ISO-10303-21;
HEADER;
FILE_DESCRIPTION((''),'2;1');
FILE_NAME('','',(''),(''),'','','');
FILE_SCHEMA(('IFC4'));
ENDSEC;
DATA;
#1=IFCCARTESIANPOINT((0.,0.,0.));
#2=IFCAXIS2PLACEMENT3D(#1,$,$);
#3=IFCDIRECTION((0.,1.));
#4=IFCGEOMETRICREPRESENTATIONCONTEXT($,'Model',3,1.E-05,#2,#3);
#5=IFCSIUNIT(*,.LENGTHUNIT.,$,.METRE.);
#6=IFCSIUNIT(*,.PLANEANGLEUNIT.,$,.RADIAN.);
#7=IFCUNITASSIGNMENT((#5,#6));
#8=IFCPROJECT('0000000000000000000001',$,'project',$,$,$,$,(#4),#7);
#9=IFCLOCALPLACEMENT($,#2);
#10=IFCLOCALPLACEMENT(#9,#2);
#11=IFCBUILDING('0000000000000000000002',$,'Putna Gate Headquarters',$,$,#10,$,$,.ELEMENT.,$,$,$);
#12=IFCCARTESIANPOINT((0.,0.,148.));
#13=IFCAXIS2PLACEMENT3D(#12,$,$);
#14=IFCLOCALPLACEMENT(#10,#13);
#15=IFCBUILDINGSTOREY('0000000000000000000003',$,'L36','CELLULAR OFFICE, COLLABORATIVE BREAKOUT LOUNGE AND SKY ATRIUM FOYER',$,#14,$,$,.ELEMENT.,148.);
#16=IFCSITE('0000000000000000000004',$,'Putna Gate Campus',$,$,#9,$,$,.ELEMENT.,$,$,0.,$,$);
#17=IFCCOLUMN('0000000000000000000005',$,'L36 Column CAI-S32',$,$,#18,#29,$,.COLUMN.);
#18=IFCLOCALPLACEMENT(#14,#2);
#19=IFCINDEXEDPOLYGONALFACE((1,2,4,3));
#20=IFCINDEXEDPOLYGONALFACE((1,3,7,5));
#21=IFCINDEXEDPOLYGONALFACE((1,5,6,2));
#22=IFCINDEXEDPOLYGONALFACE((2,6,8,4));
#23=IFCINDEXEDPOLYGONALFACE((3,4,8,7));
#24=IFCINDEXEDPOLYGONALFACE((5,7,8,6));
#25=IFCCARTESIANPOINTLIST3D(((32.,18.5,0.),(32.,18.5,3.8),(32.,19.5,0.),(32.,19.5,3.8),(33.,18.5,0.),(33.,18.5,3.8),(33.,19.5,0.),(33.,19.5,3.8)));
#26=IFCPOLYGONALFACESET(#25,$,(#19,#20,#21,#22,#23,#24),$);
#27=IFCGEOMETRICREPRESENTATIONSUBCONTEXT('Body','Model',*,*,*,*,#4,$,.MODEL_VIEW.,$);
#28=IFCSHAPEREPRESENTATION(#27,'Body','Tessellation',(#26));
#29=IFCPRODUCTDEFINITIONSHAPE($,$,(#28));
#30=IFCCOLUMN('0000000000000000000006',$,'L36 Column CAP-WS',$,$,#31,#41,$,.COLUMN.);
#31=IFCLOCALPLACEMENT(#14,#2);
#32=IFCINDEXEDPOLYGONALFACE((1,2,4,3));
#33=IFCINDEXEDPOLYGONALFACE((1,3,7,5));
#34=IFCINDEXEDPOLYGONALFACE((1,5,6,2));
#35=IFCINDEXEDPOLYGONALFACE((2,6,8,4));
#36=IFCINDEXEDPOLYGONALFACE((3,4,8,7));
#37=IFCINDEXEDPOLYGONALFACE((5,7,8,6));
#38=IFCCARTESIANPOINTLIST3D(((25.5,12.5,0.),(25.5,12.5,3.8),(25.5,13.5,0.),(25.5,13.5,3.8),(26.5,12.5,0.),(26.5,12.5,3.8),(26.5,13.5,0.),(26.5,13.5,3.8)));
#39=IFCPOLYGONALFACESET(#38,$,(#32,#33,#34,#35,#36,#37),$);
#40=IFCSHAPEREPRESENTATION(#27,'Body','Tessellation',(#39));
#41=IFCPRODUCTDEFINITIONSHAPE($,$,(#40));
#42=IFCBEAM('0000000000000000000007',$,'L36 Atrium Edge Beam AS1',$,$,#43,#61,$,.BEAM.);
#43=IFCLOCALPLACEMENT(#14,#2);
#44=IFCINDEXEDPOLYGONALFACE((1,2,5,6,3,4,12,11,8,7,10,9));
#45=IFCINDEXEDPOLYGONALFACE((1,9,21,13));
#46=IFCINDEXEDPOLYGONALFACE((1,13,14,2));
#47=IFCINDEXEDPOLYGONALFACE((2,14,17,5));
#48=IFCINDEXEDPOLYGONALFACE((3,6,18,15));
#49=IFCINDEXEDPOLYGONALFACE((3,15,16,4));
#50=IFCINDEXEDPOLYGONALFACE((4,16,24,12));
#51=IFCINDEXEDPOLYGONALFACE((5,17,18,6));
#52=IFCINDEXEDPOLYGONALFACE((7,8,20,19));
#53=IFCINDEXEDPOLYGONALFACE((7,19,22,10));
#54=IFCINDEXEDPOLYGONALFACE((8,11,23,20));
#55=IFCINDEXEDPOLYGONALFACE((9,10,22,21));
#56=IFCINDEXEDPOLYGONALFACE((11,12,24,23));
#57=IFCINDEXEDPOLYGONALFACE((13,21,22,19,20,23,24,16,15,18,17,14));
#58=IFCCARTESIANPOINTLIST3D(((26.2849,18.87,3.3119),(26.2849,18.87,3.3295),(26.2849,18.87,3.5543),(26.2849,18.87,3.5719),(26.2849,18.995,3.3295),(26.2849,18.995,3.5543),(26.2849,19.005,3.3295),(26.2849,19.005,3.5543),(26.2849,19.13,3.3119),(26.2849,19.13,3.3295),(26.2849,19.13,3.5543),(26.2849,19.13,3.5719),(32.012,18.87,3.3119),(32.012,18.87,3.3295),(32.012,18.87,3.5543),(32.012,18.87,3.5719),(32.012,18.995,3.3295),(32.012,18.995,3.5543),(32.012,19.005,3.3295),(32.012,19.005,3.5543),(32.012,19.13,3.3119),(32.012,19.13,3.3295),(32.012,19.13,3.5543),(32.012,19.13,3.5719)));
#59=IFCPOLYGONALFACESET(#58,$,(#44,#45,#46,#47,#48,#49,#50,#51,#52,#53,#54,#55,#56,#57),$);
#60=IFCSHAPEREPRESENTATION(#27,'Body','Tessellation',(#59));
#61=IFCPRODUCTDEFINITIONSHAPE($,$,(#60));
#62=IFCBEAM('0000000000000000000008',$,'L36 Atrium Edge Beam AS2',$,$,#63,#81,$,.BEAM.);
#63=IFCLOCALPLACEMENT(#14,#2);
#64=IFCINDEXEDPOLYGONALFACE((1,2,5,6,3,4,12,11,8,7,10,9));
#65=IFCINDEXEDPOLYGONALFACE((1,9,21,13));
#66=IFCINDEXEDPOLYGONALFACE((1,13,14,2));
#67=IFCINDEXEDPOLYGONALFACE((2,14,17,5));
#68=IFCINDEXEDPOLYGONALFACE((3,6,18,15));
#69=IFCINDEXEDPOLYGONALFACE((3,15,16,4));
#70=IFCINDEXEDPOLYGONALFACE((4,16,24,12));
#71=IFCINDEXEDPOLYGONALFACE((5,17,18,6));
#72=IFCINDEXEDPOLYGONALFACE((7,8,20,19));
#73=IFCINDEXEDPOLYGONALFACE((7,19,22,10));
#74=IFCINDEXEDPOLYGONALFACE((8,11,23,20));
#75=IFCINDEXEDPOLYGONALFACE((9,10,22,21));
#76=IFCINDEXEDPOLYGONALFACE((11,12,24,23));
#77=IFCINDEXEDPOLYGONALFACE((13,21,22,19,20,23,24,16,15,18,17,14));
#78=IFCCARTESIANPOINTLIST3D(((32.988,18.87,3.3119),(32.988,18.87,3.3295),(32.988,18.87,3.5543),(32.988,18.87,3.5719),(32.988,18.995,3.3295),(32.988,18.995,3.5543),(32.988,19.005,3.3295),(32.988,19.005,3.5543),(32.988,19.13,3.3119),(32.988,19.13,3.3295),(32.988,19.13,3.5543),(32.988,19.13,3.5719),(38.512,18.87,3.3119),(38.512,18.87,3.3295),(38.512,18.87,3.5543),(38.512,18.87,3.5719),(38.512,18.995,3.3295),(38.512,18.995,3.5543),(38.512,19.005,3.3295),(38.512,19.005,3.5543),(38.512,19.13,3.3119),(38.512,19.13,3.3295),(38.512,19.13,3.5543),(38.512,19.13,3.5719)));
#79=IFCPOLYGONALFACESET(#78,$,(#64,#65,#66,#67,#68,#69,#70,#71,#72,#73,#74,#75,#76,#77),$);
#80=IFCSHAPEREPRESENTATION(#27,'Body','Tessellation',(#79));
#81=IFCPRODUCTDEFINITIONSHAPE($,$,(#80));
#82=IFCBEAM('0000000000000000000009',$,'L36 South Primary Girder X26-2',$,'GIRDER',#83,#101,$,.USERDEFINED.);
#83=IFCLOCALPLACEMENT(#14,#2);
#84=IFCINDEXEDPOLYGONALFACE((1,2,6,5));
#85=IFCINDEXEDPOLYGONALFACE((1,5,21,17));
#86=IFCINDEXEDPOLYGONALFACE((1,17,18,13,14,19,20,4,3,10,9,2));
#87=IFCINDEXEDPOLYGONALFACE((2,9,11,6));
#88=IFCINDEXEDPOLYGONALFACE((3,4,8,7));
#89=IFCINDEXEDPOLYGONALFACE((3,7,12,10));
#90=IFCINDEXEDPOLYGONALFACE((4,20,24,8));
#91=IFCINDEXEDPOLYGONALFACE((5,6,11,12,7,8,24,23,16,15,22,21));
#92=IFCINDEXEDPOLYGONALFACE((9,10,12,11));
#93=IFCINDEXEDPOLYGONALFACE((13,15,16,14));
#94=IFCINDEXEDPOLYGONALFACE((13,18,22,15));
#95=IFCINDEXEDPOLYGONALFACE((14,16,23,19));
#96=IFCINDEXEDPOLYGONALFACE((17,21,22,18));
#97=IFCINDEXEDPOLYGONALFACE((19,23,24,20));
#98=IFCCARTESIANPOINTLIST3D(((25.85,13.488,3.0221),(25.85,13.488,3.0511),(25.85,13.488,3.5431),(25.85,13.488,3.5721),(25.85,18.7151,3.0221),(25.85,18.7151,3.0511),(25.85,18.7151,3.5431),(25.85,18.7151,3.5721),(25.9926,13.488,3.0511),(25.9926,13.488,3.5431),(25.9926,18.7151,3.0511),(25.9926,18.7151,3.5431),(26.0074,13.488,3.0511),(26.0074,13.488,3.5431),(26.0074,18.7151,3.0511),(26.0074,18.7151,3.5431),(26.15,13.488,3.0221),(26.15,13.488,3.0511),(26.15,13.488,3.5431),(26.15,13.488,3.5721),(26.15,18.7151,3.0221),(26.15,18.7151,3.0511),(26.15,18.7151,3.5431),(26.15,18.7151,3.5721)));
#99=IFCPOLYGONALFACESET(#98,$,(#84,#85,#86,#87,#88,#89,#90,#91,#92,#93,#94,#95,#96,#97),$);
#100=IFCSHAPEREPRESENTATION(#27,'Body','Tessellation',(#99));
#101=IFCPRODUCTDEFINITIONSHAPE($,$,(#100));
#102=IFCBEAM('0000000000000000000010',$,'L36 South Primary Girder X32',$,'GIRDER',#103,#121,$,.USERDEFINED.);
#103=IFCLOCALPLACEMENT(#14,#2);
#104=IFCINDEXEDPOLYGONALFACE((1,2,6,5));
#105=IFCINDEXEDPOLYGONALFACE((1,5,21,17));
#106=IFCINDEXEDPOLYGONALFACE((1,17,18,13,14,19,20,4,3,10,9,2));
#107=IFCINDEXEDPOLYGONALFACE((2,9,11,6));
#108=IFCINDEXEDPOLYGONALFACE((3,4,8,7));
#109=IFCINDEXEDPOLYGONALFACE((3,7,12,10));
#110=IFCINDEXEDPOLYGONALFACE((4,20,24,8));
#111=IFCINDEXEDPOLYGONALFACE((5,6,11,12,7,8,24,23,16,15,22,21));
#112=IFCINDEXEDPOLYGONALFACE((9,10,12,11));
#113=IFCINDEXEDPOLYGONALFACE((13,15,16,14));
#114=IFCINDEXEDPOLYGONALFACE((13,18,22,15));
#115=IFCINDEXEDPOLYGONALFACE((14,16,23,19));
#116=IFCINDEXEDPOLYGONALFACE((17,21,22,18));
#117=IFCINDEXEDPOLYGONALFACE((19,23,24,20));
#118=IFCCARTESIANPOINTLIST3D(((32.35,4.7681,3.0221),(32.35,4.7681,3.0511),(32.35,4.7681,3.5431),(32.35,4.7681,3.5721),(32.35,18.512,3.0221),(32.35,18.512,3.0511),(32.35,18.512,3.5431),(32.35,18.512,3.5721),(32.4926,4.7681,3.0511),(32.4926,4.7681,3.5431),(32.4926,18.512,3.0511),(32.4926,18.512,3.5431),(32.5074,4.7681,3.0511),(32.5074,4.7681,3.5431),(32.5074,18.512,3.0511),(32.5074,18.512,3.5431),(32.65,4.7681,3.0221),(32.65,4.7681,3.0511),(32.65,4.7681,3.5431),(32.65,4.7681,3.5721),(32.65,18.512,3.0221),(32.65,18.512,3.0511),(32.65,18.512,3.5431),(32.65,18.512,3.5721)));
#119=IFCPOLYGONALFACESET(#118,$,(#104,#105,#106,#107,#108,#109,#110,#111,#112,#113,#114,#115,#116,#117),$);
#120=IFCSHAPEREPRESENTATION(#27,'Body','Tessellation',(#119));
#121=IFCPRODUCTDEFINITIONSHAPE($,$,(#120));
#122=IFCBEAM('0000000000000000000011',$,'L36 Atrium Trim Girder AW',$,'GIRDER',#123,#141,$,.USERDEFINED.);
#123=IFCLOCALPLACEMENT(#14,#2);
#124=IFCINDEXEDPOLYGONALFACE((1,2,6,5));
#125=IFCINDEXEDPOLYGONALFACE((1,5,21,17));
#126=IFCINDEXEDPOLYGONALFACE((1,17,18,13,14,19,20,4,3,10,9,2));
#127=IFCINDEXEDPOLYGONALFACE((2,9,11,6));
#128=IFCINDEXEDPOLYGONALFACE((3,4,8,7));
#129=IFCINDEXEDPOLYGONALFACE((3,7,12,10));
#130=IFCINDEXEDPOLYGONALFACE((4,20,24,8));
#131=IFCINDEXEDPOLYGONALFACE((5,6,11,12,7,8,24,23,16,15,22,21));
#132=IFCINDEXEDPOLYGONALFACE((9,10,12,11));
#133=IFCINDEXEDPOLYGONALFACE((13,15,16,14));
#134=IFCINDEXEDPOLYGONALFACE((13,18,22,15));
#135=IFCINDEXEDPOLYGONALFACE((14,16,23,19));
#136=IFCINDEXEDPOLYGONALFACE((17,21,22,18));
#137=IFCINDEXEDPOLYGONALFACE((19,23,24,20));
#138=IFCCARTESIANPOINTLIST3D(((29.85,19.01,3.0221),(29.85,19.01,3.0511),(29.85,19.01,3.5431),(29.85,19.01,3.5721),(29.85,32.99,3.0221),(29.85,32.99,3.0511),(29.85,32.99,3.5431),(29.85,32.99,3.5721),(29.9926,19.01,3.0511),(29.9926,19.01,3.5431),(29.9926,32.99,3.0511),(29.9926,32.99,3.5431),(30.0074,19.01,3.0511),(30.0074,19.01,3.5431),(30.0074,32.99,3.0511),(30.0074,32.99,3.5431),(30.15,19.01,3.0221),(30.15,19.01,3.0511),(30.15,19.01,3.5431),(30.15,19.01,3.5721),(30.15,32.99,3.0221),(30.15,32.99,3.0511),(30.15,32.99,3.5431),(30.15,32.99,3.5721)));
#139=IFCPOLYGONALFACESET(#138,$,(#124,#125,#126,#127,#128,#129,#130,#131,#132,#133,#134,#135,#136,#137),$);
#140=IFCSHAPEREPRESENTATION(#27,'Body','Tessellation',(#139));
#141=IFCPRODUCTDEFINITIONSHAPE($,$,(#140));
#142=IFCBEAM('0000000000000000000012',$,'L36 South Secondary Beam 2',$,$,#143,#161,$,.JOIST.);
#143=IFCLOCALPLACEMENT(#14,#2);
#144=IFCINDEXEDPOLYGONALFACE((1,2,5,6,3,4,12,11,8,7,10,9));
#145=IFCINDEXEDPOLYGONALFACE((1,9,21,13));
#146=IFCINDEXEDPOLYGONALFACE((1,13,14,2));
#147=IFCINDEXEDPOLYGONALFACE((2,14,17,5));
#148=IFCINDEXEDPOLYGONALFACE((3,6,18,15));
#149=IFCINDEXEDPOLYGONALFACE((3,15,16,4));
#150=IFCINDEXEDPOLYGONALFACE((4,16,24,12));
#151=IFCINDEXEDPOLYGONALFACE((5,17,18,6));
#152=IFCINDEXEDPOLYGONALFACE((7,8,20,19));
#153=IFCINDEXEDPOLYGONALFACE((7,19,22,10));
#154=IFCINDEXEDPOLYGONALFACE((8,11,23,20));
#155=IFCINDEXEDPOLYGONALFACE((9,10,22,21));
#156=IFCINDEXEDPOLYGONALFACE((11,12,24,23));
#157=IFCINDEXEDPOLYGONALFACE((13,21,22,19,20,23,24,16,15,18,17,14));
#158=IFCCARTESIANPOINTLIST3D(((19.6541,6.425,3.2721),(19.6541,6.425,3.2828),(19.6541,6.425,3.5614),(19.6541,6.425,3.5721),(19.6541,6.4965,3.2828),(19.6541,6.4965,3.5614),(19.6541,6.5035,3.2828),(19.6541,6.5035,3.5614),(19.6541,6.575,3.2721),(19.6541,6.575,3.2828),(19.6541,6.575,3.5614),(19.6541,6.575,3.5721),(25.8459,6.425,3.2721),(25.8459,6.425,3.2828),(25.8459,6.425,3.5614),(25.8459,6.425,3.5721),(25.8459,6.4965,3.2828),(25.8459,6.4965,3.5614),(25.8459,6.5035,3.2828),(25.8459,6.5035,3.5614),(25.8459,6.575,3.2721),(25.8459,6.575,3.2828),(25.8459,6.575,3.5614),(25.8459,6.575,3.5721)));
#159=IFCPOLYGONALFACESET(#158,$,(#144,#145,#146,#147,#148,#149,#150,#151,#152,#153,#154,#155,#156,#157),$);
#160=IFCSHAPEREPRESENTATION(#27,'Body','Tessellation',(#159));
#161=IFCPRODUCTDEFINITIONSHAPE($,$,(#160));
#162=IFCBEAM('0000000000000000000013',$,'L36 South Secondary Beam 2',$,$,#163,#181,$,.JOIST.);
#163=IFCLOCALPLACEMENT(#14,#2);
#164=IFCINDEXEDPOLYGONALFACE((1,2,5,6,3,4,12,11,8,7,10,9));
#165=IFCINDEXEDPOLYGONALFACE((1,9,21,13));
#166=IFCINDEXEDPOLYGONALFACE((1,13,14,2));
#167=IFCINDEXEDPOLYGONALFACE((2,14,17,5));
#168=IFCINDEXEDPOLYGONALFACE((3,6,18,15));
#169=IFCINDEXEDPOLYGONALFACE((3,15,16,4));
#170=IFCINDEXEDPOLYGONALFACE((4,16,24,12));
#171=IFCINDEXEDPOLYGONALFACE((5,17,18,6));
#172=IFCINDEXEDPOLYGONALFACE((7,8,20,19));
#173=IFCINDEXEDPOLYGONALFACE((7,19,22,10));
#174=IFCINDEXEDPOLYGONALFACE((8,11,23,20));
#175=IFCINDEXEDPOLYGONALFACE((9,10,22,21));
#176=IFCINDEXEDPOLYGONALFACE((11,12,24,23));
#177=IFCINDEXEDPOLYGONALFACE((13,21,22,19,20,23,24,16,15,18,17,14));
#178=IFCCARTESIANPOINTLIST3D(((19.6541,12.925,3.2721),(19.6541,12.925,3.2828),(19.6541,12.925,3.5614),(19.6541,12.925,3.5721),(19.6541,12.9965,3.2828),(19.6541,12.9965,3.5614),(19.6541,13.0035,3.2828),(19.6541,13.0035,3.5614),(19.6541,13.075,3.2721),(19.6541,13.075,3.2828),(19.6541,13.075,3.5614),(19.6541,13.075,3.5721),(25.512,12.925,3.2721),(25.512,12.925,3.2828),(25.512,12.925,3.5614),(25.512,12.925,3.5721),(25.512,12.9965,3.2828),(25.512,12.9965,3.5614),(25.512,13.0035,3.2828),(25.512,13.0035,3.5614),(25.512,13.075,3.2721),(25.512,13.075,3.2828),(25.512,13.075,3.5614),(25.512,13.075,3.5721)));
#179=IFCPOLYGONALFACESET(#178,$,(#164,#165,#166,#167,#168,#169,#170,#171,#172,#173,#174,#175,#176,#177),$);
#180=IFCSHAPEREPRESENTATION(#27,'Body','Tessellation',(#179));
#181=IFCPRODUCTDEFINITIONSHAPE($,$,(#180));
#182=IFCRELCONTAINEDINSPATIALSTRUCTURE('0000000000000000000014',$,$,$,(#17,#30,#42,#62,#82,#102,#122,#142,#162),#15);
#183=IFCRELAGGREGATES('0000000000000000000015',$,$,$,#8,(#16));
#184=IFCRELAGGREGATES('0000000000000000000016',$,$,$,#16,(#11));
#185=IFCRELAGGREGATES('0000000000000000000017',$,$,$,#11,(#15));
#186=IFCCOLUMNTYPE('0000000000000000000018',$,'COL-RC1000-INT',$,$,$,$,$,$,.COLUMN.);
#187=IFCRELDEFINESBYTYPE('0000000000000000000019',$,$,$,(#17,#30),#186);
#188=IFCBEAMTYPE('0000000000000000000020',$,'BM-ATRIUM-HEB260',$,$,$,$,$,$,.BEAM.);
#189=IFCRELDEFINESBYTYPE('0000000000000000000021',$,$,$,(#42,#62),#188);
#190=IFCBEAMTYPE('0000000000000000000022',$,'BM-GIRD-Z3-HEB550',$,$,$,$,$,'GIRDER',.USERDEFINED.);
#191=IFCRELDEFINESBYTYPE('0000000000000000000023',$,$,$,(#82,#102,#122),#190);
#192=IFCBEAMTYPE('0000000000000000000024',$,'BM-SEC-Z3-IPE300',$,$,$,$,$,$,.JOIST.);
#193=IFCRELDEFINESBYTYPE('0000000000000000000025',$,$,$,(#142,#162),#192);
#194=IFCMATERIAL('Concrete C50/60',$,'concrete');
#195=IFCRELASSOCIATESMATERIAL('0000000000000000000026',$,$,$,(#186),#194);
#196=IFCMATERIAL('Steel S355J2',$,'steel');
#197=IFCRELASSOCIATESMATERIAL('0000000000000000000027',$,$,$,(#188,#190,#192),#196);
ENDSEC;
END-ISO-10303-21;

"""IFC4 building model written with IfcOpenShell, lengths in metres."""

from ifc_helpers import new_model, si_unit, direction, frame, origin, origin_2d, place, context, subcontext, project, spatial, rectangle, i_section, extrude, material, material_profile, profile_set, type_object, element, save


model = new_model("IFC4")

# Units and contexts
model_context = context("Model", 3, precision=1e-05, world=origin(), true_north=direction((0.0, 1.0)))
body_context = subcontext(model_context, "Body", "Model", "MODEL_VIEW")
ifc_project = project(units=[si_unit("LENGTHUNIT", "METRE"), si_unit("PLANEANGLEUNIT", "RADIAN")], contexts=[model_context])

# Site, building, storey
site_placement = place(None, origin())
site = spatial("IfcSite", under=ifc_project, at=site_placement, Name="Putna Gate Campus", CompositionType="ELEMENT", RefElevation=0.0)
building_placement = place(site_placement, origin())
building = spatial("IfcBuilding", under=site, at=building_placement, Name="Putna Gate Headquarters", CompositionType="ELEMENT")
storey_placement = place(building_placement, frame((0.0, 0.0, 148.0)))
storey = spatial("IfcBuildingStorey", under=building, at=storey_placement, Name="L36", Description="CELLULAR OFFICE, COLLABORATIVE BREAKOUT LOUNGE AND SKY ATRIUM FOYER", CompositionType="ELEMENT", Elevation=148.0)

# Columns
ifc_material_1 = material(Name="Concrete C50/60", Category="concrete")
ifc_material_profile_1 = material_profile(ifc_material_1, rectangle(XDim=1.0, YDim=1.0, at=origin_2d()), Name="Concrete C50/60")
ifc_profile_set_1 = profile_set([ifc_material_profile_1], Name="Concrete C50/60")
column_type = type_object("IfcColumnType", Name="COL-RC1000-INT", PredefinedType="COLUMN", material=ifc_profile_set_1)
for number, where, z_axis, x_axis, name in (
    (1, (32.5, 19.0, 0.0), (0.0, 0.0, 1.0), (1.0, 0.0, 0.0), "L36 Column CAI-S32"),
    (2, (26.0, 13.0, 0.0), (0.0, 0.0, 1.0), (1.0, 0.0, 0.0), "L36 Column CAP-WS"),
):
    element("IfcColumn", number, at=place(storey_placement, frame(where, z_axis=z_axis, x_axis=x_axis)), inside=storey, type_object=column_type, Name=name, PredefinedType="COLUMN", context=body_context, shape_type="SweptSolid", body=[
        extrude(rectangle(XDim=1.0, YDim=1.0, at=origin_2d()), origin(), (0.0, 0.0, 1.0), 3.8),
    ])

# Beams
ifc_material_2 = material(Name="Steel S355J2", Category="steel")
ifc_material_profile_2 = material_profile(ifc_material_2, i_section(OverallWidth=0.26, OverallDepth=0.26, WebThickness=0.01, FlangeThickness=0.0176, at=origin_2d()), Name="Steel S355J2")
ifc_profile_set_2 = profile_set([ifc_material_profile_2], Name="Steel S355J2")
beam_type_1 = type_object("IfcBeamType", Name="BM-ATRIUM-HEB260", PredefinedType="BEAM", material=ifc_profile_set_2)
beam_1_placement = place(storey_placement, frame((26.2849, 19.0, 3.4419), z_axis=(1.0, 0.0, 0.0), x_axis=(0.0, 1.0, 0.0)))
element("IfcBeam", 3, at=beam_1_placement, inside=storey, type_object=beam_type_1, Name="L36 Atrium Edge Beam AS1", PredefinedType="BEAM", context=body_context, shape_type="SweptSolid", body=[
    extrude(i_section(OverallWidth=0.26, OverallDepth=0.26, WebThickness=0.01, FlangeThickness=0.0176, at=origin_2d()), origin(), (0.0, 0.0, 1.0), 5.7271),
])
beam_2_placement = place(storey_placement, frame((32.988, 19.0, 3.4419), z_axis=(1.0, 0.0, 0.0), x_axis=(0.0, 1.0, 0.0)))
element("IfcBeam", 4, at=beam_2_placement, inside=storey, type_object=beam_type_1, Name="L36 Atrium Edge Beam AS2", PredefinedType="BEAM", context=body_context, shape_type="SweptSolid", body=[
    extrude(i_section(OverallWidth=0.26, OverallDepth=0.26, WebThickness=0.01, FlangeThickness=0.0176, at=origin_2d()), origin(), (0.0, 0.0, 1.0), 5.5239),
])
ifc_material_profile_3 = material_profile(ifc_material_2, i_section(OverallWidth=0.3, OverallDepth=0.55, WebThickness=0.0149, FlangeThickness=0.0291, at=origin_2d()), Name="Steel S355J2")
ifc_profile_set_3 = profile_set([ifc_material_profile_3], Name="Steel S355J2")
beam_type_2 = type_object("IfcBeamType", Name="BM-GIRD-Z3-HEB550", ElementType="GIRDER", PredefinedType="USERDEFINED", material=ifc_profile_set_3)
beam_3_placement = place(storey_placement, frame((26.0, 13.488, 3.2971), z_axis=(0.0, 1.0, 0.0), x_axis=(-1.0, 0.0, 0.0)))
element("IfcBeam", 5, at=beam_3_placement, inside=storey, type_object=beam_type_2, Name="L36 South Primary Girder X26-2", ObjectType="GIRDER", PredefinedType="USERDEFINED", context=body_context, shape_type="SweptSolid", body=[
    extrude(i_section(OverallWidth=0.3, OverallDepth=0.55, WebThickness=0.0149, FlangeThickness=0.0291, at=origin_2d()), origin(), (0.0, 0.0, 1.0), 5.2271),
])
beam_4_placement = place(storey_placement, frame((32.5, 4.7681, 3.2971), z_axis=(0.0, 1.0, 0.0), x_axis=(-1.0, 0.0, 0.0)))
element("IfcBeam", 6, at=beam_4_placement, inside=storey, type_object=beam_type_2, Name="L36 South Primary Girder X32", ObjectType="GIRDER", PredefinedType="USERDEFINED", context=body_context, shape_type="SweptSolid", body=[
    extrude(i_section(OverallWidth=0.3, OverallDepth=0.55, WebThickness=0.0149, FlangeThickness=0.0291, at=origin_2d()), origin(), (0.0, 0.0, 1.0), 13.7439),
])
beam_5_placement = place(storey_placement, frame((30.0, 19.01, 3.2971), z_axis=(0.0, 1.0, 0.0), x_axis=(-1.0, 0.0, 0.0)))
element("IfcBeam", 7, at=beam_5_placement, inside=storey, type_object=beam_type_2, Name="L36 Atrium Trim Girder AW", ObjectType="GIRDER", PredefinedType="USERDEFINED", context=body_context, shape_type="SweptSolid", body=[
    extrude(i_section(OverallWidth=0.3, OverallDepth=0.55, WebThickness=0.0149, FlangeThickness=0.0291, at=origin_2d()), origin(), (0.0, 0.0, 1.0), 13.98),
])
ifc_material_profile_4 = material_profile(ifc_material_2, i_section(OverallWidth=0.1499, OverallDepth=0.3, WebThickness=0.0071, FlangeThickness=0.0107, at=origin_2d()), Name="Steel S355J2")
ifc_profile_set_4 = profile_set([ifc_material_profile_4], Name="Steel S355J2")
beam_type_3 = type_object("IfcBeamType", Name="BM-SEC-Z3-IPE300", PredefinedType="JOIST", material=ifc_profile_set_4)
beam_6_placement = place(storey_placement, frame((19.6541, 6.5, 3.4221), z_axis=(1.0, 0.0, 0.0), x_axis=(0.0, 1.0, 0.0)))
element("IfcBeam", 8, at=beam_6_placement, inside=storey, type_object=beam_type_3, Name="L36 South Secondary Beam 2", PredefinedType="JOIST", context=body_context, shape_type="SweptSolid", body=[
    extrude(i_section(OverallWidth=0.1499, OverallDepth=0.3, WebThickness=0.0071, FlangeThickness=0.0107, at=origin_2d()), origin(), (0.0, 0.0, 1.0), 6.1919),
])
beam_7_placement = place(storey_placement, frame((19.6541, 13.0, 3.4221), z_axis=(1.0, 0.0, 0.0), x_axis=(0.0, 1.0, 0.0)))
element("IfcBeam", 9, at=beam_7_placement, inside=storey, type_object=beam_type_3, Name="L36 South Secondary Beam 2", PredefinedType="JOIST", context=body_context, shape_type="SweptSolid", body=[
    extrude(i_section(OverallWidth=0.1499, OverallDepth=0.3, WebThickness=0.0071, FlangeThickness=0.0107, at=origin_2d()), origin(), (0.0, 0.0, 1.0), 5.8579),
])

save(model, "model.ifc")
